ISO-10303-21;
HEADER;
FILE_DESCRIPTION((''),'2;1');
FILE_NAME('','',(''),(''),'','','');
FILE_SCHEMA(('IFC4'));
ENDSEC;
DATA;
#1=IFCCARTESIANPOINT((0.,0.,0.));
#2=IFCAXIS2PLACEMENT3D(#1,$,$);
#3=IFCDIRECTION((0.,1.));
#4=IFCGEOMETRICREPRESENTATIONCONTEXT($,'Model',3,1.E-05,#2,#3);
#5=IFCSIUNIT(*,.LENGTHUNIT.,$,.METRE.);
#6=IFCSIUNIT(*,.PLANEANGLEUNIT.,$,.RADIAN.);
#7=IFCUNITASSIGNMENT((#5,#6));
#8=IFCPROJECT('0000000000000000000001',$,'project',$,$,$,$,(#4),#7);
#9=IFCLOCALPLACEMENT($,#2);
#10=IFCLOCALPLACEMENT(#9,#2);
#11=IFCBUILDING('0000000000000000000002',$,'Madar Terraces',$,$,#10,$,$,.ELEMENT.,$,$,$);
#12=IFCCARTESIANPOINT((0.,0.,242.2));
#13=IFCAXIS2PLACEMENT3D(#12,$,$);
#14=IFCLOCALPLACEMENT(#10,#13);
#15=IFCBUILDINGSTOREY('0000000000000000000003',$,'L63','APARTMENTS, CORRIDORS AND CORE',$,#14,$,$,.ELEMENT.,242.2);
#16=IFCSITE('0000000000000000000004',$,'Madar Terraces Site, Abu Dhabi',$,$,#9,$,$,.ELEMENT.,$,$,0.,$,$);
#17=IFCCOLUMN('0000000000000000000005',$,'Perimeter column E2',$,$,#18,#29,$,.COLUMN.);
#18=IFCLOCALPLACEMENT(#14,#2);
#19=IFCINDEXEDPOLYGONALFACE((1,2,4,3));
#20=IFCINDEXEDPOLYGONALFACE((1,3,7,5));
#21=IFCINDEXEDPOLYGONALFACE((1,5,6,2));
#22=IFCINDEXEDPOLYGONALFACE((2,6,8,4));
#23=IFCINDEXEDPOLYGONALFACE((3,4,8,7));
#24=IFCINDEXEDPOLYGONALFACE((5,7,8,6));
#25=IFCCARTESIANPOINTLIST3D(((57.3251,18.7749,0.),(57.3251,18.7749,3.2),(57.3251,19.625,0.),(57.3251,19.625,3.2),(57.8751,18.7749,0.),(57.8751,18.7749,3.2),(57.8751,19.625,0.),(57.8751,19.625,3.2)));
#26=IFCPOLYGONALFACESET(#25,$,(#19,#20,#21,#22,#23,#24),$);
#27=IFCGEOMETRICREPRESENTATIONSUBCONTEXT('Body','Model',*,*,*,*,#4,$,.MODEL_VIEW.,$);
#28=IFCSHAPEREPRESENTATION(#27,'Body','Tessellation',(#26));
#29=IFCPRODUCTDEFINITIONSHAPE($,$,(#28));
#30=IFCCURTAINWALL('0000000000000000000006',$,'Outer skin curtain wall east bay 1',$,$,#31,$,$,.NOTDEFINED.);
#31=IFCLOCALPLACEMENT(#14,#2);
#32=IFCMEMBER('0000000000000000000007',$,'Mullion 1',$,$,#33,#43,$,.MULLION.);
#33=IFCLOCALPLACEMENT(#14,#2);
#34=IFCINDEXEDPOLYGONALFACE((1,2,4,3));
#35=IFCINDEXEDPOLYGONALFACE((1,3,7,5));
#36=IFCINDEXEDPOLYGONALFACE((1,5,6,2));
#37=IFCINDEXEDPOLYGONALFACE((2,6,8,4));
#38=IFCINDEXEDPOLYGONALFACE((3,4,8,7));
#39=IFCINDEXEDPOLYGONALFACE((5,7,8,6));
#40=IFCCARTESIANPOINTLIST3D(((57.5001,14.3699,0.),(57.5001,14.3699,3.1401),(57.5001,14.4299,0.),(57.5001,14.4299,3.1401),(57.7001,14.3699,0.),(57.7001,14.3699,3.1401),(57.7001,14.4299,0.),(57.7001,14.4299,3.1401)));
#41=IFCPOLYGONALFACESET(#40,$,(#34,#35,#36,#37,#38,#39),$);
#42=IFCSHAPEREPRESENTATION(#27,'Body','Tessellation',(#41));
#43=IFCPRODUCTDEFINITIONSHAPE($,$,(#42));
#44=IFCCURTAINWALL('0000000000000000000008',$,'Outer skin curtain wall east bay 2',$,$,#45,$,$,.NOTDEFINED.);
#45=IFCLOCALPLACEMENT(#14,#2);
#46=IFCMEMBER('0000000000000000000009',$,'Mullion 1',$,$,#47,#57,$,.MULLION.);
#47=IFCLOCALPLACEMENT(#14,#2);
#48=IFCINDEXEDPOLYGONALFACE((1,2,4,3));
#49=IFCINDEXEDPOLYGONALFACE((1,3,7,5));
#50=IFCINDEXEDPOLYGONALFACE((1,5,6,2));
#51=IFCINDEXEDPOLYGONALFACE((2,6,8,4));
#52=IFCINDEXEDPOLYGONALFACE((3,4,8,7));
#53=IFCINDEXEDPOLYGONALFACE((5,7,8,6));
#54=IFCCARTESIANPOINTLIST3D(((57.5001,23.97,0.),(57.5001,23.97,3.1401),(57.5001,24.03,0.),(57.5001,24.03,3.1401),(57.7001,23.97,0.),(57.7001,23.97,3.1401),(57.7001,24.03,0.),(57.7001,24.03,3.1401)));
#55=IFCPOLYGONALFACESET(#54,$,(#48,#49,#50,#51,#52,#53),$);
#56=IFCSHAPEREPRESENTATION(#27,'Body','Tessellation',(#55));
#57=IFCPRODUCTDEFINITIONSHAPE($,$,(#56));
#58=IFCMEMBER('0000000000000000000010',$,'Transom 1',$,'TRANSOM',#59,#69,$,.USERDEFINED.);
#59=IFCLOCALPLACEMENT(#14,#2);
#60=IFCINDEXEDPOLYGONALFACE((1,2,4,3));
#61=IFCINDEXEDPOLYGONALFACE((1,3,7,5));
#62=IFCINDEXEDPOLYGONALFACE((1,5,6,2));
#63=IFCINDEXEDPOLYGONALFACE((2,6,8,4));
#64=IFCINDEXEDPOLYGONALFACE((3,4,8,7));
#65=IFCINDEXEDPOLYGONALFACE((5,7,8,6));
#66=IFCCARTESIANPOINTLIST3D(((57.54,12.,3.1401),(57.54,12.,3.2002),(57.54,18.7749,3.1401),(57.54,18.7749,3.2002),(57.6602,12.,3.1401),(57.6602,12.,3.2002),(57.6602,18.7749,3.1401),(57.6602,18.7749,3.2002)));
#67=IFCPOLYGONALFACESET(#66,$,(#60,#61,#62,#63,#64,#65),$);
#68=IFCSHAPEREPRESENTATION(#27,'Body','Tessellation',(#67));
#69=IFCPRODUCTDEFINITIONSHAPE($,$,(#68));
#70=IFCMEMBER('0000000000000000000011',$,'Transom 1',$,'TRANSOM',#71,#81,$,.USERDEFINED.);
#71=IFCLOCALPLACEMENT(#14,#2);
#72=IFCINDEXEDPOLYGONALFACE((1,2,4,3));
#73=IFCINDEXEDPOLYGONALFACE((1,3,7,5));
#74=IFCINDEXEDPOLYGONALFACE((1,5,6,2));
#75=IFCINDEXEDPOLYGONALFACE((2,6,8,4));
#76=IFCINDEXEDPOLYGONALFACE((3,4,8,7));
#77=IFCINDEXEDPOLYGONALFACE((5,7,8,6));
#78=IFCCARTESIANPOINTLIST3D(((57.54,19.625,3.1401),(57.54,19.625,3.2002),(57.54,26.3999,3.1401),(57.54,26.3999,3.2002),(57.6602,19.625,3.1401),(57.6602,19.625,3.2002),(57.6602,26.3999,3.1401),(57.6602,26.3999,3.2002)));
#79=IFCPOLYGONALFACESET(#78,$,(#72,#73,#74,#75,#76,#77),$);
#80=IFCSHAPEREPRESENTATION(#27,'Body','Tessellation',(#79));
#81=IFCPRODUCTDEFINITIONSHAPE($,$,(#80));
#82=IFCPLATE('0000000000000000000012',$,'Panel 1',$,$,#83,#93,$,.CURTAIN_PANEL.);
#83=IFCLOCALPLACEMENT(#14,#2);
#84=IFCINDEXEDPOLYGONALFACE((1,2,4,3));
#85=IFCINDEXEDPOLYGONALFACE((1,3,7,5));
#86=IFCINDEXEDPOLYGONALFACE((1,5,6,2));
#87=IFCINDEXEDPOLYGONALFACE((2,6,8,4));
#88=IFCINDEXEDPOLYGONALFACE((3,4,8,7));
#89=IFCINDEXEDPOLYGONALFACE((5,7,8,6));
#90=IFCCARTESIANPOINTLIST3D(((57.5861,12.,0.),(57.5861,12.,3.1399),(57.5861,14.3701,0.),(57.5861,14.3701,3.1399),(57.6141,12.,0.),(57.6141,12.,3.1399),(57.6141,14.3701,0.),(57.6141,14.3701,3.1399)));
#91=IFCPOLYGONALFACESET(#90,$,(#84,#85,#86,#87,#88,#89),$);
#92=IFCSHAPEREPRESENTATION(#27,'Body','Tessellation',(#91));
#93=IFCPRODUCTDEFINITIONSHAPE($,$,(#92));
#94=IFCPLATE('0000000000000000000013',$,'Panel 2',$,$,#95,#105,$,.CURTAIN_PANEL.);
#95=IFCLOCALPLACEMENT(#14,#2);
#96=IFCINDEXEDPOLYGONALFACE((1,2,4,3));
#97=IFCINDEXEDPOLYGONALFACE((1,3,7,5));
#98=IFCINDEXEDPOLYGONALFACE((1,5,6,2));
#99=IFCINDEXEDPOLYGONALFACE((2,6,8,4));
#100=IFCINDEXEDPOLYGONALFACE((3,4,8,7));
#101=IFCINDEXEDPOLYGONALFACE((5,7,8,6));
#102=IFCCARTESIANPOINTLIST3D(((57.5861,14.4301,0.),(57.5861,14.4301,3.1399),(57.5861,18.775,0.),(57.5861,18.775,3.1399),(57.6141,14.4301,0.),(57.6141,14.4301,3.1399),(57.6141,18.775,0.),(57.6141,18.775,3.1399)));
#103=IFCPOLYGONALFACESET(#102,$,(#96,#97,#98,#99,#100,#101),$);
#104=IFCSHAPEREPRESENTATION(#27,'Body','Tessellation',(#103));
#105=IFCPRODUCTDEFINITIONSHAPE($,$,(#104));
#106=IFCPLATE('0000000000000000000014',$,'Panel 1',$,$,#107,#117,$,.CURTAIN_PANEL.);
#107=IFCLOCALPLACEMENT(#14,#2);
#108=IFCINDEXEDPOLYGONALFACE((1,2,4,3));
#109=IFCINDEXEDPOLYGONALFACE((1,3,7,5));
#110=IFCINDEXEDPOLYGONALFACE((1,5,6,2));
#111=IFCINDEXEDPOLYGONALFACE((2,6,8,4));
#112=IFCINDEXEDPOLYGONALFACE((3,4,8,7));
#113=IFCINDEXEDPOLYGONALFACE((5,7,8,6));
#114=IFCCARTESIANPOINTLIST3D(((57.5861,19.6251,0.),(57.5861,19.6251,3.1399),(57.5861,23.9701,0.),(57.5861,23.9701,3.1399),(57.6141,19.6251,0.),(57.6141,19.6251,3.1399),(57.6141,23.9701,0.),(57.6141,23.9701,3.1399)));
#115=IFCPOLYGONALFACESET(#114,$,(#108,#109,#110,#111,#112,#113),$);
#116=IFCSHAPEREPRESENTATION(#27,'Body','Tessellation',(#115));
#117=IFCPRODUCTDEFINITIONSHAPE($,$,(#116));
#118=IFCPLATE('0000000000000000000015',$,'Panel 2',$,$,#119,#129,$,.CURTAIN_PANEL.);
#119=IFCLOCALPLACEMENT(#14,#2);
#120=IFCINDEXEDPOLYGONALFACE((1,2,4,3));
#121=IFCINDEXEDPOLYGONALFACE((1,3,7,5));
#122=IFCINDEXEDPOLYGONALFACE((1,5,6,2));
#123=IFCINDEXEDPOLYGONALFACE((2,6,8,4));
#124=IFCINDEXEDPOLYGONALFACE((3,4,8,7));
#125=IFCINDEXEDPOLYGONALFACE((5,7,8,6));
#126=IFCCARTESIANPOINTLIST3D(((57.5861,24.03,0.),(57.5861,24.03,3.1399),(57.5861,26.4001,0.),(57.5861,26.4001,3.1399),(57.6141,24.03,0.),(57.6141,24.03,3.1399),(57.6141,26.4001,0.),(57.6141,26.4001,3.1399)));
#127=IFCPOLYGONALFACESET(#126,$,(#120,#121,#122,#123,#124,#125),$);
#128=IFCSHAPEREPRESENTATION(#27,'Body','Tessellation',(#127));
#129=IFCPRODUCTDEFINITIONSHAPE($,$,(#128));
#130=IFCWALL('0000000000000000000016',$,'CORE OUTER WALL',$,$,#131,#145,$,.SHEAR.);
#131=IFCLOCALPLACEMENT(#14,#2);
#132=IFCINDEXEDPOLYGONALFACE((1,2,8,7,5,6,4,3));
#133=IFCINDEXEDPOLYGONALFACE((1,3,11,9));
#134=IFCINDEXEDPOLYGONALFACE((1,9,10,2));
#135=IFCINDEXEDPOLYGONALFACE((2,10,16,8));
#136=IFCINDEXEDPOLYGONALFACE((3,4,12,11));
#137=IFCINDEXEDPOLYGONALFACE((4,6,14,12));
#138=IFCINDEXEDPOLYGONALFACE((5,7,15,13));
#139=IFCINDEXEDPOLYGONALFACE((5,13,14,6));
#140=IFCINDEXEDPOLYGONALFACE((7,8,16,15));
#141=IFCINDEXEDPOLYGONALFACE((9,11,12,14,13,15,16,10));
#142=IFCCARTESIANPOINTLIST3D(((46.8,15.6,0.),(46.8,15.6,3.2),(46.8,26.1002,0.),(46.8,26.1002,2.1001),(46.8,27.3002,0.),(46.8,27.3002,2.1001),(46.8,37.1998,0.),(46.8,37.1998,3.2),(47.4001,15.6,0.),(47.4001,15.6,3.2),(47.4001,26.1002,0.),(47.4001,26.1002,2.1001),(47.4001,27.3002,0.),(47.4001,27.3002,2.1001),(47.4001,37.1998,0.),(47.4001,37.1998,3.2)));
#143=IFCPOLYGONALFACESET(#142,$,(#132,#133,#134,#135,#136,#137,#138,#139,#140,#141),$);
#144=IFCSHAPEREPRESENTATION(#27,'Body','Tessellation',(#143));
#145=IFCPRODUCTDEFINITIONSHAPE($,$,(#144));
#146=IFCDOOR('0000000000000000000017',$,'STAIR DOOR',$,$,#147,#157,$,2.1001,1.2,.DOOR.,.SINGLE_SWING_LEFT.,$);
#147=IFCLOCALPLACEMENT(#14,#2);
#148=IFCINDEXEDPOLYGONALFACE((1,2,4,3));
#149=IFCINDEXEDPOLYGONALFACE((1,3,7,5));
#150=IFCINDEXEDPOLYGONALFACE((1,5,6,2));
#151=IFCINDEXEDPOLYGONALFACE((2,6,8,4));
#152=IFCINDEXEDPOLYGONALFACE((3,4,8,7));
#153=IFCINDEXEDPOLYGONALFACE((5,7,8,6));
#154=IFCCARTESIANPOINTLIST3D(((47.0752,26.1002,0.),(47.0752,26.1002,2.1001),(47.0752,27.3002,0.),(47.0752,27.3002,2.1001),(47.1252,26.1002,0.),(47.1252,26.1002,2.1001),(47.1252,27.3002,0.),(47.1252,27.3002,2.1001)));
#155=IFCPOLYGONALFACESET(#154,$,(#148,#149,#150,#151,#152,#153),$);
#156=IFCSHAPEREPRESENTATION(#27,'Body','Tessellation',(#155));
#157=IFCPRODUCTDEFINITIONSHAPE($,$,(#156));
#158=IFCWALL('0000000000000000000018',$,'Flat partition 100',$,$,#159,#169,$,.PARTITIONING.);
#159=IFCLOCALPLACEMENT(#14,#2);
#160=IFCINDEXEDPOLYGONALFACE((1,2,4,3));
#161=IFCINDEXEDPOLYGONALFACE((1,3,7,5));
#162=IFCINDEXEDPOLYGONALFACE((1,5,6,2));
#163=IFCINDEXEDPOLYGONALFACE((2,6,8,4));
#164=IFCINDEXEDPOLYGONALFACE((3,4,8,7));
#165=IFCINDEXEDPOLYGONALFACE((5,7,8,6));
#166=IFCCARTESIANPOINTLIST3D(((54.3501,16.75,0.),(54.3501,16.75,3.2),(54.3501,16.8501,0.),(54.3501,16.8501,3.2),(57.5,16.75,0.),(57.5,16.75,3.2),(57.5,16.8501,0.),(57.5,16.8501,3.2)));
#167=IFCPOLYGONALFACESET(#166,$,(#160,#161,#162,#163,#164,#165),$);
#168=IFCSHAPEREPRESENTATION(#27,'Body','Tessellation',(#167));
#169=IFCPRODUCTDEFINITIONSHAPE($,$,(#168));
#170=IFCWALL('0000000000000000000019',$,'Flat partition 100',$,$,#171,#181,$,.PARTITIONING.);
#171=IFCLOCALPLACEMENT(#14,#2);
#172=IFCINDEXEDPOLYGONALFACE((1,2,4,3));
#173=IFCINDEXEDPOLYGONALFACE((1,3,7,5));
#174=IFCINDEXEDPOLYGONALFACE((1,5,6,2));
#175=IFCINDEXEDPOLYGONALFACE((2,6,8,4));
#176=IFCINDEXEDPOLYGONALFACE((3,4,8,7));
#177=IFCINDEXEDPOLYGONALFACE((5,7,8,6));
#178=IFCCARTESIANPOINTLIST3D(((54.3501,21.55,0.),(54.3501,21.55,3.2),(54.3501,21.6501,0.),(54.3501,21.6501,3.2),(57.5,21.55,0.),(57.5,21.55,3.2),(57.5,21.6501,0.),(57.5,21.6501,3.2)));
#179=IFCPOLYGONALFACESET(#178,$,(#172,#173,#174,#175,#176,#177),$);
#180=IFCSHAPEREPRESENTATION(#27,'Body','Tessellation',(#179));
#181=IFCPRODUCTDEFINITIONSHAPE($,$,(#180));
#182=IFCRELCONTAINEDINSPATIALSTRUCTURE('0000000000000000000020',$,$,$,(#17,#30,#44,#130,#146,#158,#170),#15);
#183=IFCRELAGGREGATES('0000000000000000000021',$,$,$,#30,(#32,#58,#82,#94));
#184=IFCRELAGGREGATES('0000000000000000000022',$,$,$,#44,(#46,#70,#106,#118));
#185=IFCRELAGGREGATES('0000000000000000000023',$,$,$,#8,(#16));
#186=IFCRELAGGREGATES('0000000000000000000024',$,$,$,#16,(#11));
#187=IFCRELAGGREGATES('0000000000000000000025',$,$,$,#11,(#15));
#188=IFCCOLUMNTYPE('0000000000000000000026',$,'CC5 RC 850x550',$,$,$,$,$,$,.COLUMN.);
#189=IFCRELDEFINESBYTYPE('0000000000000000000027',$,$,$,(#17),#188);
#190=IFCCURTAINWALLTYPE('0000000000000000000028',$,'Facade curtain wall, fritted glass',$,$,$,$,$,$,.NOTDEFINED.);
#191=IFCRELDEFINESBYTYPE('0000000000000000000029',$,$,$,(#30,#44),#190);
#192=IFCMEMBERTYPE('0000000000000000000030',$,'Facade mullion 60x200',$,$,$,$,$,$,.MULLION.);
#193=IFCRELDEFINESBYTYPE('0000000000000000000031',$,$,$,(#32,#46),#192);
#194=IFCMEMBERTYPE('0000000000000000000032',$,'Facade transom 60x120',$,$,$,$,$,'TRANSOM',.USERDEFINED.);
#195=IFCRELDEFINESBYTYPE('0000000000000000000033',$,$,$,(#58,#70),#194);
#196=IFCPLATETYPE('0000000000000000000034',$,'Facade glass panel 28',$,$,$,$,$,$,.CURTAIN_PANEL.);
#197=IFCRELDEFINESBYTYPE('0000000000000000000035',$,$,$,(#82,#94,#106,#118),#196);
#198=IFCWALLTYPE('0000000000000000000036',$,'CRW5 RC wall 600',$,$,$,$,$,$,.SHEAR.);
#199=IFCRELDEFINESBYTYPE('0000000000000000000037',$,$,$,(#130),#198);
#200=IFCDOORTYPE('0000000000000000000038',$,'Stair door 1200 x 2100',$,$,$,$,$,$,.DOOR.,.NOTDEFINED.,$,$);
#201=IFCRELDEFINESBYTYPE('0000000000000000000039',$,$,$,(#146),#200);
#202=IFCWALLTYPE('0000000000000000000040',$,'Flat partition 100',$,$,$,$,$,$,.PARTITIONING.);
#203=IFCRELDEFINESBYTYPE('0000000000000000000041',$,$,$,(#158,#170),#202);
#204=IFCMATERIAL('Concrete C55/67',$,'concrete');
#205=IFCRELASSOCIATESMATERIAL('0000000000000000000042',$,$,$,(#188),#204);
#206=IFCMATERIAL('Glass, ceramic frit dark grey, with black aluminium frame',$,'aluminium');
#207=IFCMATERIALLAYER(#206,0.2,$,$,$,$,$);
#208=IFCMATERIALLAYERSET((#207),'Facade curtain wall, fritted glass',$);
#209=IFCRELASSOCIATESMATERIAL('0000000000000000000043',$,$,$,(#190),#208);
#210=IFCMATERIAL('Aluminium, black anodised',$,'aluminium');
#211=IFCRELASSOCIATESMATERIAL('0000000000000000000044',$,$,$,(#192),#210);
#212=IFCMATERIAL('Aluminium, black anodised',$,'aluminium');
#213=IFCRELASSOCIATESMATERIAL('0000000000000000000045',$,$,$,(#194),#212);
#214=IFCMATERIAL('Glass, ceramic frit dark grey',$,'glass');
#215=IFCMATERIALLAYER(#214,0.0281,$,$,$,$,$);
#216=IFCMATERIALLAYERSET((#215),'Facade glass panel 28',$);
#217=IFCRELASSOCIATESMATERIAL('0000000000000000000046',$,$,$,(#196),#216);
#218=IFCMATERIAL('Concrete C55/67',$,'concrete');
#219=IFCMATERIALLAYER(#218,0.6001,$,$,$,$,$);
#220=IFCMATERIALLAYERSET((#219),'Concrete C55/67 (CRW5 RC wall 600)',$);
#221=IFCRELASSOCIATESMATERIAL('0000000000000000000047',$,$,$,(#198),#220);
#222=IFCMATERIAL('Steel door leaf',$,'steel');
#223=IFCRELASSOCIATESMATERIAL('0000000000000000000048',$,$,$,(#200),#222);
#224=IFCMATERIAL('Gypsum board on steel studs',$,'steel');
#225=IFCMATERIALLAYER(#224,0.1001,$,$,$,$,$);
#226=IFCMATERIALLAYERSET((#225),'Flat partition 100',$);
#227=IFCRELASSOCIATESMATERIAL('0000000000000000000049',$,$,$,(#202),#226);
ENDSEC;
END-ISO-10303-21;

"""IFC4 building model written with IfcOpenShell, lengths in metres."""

from ifc_helpers import new_model, si_unit, direction, frame, frame_2d, origin, origin_2d, place, context, subcontext, project, spatial, rectangle, extrude, material, layer, layer_set, material_profile, profile_set, type_object, element, fill, aggregate, save


model = new_model("IFC4")

# Units and contexts
model_context = context("Model", 3, precision=1e-05, world=origin(), true_north=direction((0.0, 1.0)))
body_context = subcontext(model_context, "Body", "Model", "MODEL_VIEW")
ifc_project = project(units=[si_unit("LENGTHUNIT", "METRE"), si_unit("PLANEANGLEUNIT", "RADIAN")], contexts=[model_context])

# Site, building, storey
site_placement = place(None, origin())
site = spatial("IfcSite", under=ifc_project, at=site_placement, Name="Madar Terraces Site, Abu Dhabi", CompositionType="ELEMENT", RefElevation=0.0)
building_placement = place(site_placement, origin())
building = spatial("IfcBuilding", under=site, at=building_placement, Name="Madar Terraces", CompositionType="ELEMENT")
storey_placement = place(building_placement, frame((0.0, 0.0, 242.2)))
storey = spatial("IfcBuildingStorey", under=building, at=storey_placement, Name="L63", Description="APARTMENTS, CORRIDORS AND CORE", CompositionType="ELEMENT", Elevation=242.2)

# Column
ifc_material_1 = material(Name="Concrete C55/67", Category="concrete")
ifc_material_profile_1 = material_profile(ifc_material_1, rectangle(XDim=0.8501, YDim=0.55, at=origin_2d()), Name="CC5 RC 850x550")
ifc_profile_set_1 = profile_set([ifc_material_profile_1], Name="Concrete C55/67")
column_type = type_object("IfcColumnType", Name="CC5 RC 850x550", PredefinedType="COLUMN", material=ifc_profile_set_1)
column_placement = place(storey_placement, frame((57.6001, 19.2, 0.0), z_axis=(0.0, 0.0, 1.0), x_axis=(0.0, 1.0, 0.0)))
element("IfcColumn", 1, at=column_placement, inside=storey, type_object=column_type, Name="Perimeter column E2", PredefinedType="COLUMN", context=body_context, shape_type="SweptSolid", body=[
    extrude(rectangle(XDim=0.8501, YDim=0.55, at=origin_2d()), origin(), (0.0, 0.0, 1.0), 3.2),
])

# Curtain walls, members
ifc_material_2 = material(Name="Glass, ceramic frit dark grey, with black aluminium frame", Category="aluminium")
ifc_layer_1 = layer(ifc_material_2, 0.2)
ifc_layer_set_1 = layer_set([ifc_layer_1], Name="Facade curtain wall, fritted glass")
curtain_wall_type = type_object("IfcCurtainWallType", Name="Facade curtain wall, fritted glass", PredefinedType="NOTDEFINED", material=ifc_layer_set_1)
curtain_wall_1_placement = place(storey_placement, origin())
curtain_wall_1 = element("IfcCurtainWall", 2, at=curtain_wall_1_placement, inside=storey, type_object=curtain_wall_type, Name="Outer skin curtain wall east bay 1", PredefinedType="NOTDEFINED")
ifc_material_3 = material(Name="Aluminium, black anodised", Category="aluminium")
ifc_material_profile_2 = material_profile(ifc_material_3, rectangle(XDim=0.2, YDim=0.0601, at=origin_2d()), Name="Facade mullion 60x200")
ifc_profile_set_2 = profile_set([ifc_material_profile_2], Name="Aluminium, black anodised")
member_type_1 = type_object("IfcMemberType", Name="Facade mullion 60x200", PredefinedType="MULLION", material=ifc_profile_set_2)
member_1_placement = place(storey_placement, frame((57.6001, 14.3999, 0.0), z_axis=(0.0, 0.0, 1.0), x_axis=(-1.0, 0.0, 0.0)))
member_1 = element("IfcMember", 3, at=member_1_placement, type_object=member_type_1, Name="Mullion 1", PredefinedType="MULLION", context=body_context, shape_type="SweptSolid", body=[
    extrude(rectangle(XDim=0.2, YDim=0.0601, at=origin_2d()), origin(), (0.0, 0.0, 1.0), 3.1401),
])
curtain_wall_2_placement = place(storey_placement, origin())
curtain_wall_2 = element("IfcCurtainWall", 4, at=curtain_wall_2_placement, inside=storey, type_object=curtain_wall_type, Name="Outer skin curtain wall east bay 2", PredefinedType="NOTDEFINED")
member_2_placement = place(storey_placement, frame((57.6001, 24.0, 0.0), z_axis=(0.0, 0.0, 1.0), x_axis=(-1.0, 0.0, 0.0)))
member_2 = element("IfcMember", 5, at=member_2_placement, type_object=member_type_1, Name="Mullion 1", PredefinedType="MULLION", context=body_context, shape_type="SweptSolid", body=[
    extrude(rectangle(XDim=0.2, YDim=0.0601, at=origin_2d()), origin(), (0.0, 0.0, 1.0), 3.1401),
])

# Members
ifc_material_4 = material(Name="Aluminium, black anodised", Category="aluminium")
ifc_material_profile_3 = material_profile(ifc_material_4, rectangle(XDim=0.1201, YDim=0.0601, at=origin_2d()), Name="Facade transom 60x120")
ifc_profile_set_3 = profile_set([ifc_material_profile_3], Name="Aluminium, black anodised")
member_type_2 = type_object("IfcMemberType", Name="Facade transom 60x120", ElementType="TRANSOM", PredefinedType="USERDEFINED", material=ifc_profile_set_3)
member_3_placement = place(storey_placement, frame((57.6001, 12.0, 3.1702), z_axis=(0.0, 1.0, 0.0), x_axis=(-1.0, 0.0, 0.0)))
member_3 = element("IfcMember", 6, at=member_3_placement, type_object=member_type_2, Name="Transom 1", ObjectType="TRANSOM", PredefinedType="USERDEFINED", context=body_context, shape_type="SweptSolid", body=[
    extrude(rectangle(XDim=0.1201, YDim=0.0601, at=origin_2d()), origin(), (0.0, 0.0, 1.0), 6.7749),
])
member_4_placement = place(storey_placement, frame((57.6001, 19.625, 3.1702), z_axis=(0.0, 1.0, 0.0), x_axis=(-1.0, 0.0, 0.0)))
member_4 = element("IfcMember", 7, at=member_4_placement, type_object=member_type_2, Name="Transom 1", ObjectType="TRANSOM", PredefinedType="USERDEFINED", context=body_context, shape_type="SweptSolid", body=[
    extrude(rectangle(XDim=0.1201, YDim=0.0601, at=origin_2d()), origin(), (0.0, 0.0, 1.0), 6.7749),
])

# Plates
ifc_material_5 = material(Name="Glass, ceramic frit dark grey", Category="glass")
ifc_layer_2 = layer(ifc_material_5, 0.0281)
ifc_layer_set_2 = layer_set([ifc_layer_2], Name="Facade glass panel 28")
plate_type = type_object("IfcPlateType", Name="Facade glass panel 28", PredefinedType="CURTAIN_PANEL", material=ifc_layer_set_2)
plate_1_placement = place(storey_placement, frame((57.6001, 13.1851, 0.0), z_axis=(0.0, 0.0, 1.0), x_axis=(0.0, 1.0, 0.0)))
plate_1 = element("IfcPlate", 8, at=plate_1_placement, type_object=plate_type, Name="Panel 1", PredefinedType="CURTAIN_PANEL", context=body_context, shape_type="SweptSolid", body=[
    extrude(rectangle(XDim=2.3701, YDim=0.0281, at=origin_2d()), origin(), (0.0, 0.0, 1.0), 3.1399),
])
plate_2_placement = place(storey_placement, frame((57.6001, 16.6025, 0.0), z_axis=(0.0, 0.0, 1.0), x_axis=(0.0, 1.0, 0.0)))
plate_2 = element("IfcPlate", 9, at=plate_2_placement, type_object=plate_type, Name="Panel 2", PredefinedType="CURTAIN_PANEL", context=body_context, shape_type="SweptSolid", body=[
    extrude(rectangle(XDim=4.345, YDim=0.0281, at=origin_2d()), origin(), (0.0, 0.0, 1.0), 3.1399),
])
aggregate(curtain_wall_1, [member_1, member_3, plate_1, plate_2])
plate_3_placement = place(storey_placement, frame((57.6001, 21.7976, 0.0), z_axis=(0.0, 0.0, 1.0), x_axis=(0.0, 1.0, 0.0)))
plate_3 = element("IfcPlate", 10, at=plate_3_placement, type_object=plate_type, Name="Panel 1", PredefinedType="CURTAIN_PANEL", context=body_context, shape_type="SweptSolid", body=[
    extrude(rectangle(XDim=4.345, YDim=0.0281, at=origin_2d()), origin(), (0.0, 0.0, 1.0), 3.1399),
])
plate_4_placement = place(storey_placement, frame((57.6001, 25.2151, 0.0), z_axis=(0.0, 0.0, 1.0), x_axis=(0.0, 1.0, 0.0)))
plate_4 = element("IfcPlate", 11, at=plate_4_placement, type_object=plate_type, Name="Panel 2", PredefinedType="CURTAIN_PANEL", context=body_context, shape_type="SweptSolid", body=[
    extrude(rectangle(XDim=2.3701, YDim=0.0281, at=origin_2d()), origin(), (0.0, 0.0, 1.0), 3.1399),
])
aggregate(curtain_wall_2, [member_2, member_4, plate_3, plate_4])

# Wall, opening, door
ifc_material_6 = material(Name="Concrete C55/67", Category="concrete")
ifc_layer_3 = layer(ifc_material_6, 0.6001)
ifc_layer_set_3 = layer_set([ifc_layer_3], Name="Concrete C55/67 (CRW5 RC wall 600)")
wall_type_1 = type_object("IfcWallType", Name="CRW5 RC wall 600", PredefinedType="SHEAR", material=ifc_layer_set_3)
wall_1_placement = place(storey_placement, frame((47.1001, 15.6001, 0.0), z_axis=(0.0, 0.0, 1.0), x_axis=(0.0, 1.0, 0.0)))
wall_1 = element("IfcWall", 12, at=wall_1_placement, inside=storey, type_object=wall_type_1, Name="CORE OUTER WALL", PredefinedType="SHEAR", context=body_context, shape_type="SweptSolid", body=[
    extrude(rectangle(XDim=21.5999, YDim=0.6001, at=frame_2d((10.7998, 0.0))), origin(), (0.0, 0.0, 1.0), 3.2),
])
opening_1_placement = place(wall_1_placement, frame((10.5, 0.0, 0.0)))
opening_1 = element("IfcOpeningElement", 13, at=opening_1_placement, cuts=wall_1, PredefinedType="OPENING", context=body_context, shape_type="SweptSolid", body=[
    extrude(rectangle(XDim=1.2, YDim=2.1001, at=frame_2d((0.6001, 1.05))), frame((0.0, 0.3101, 0.0), z_axis=(0.0, -1.0, 0.0), x_axis=(1.0, 0.0, 0.0)), (0.0, 0.0, 1.0), 0.6201),
])
ifc_material_7 = material(Name="Steel door leaf", Category="steel")
door_type_1 = type_object("IfcDoorType", Name="Stair door 1200 x 2100", OperationType="NOTDEFINED", PredefinedType="DOOR", material=ifc_material_7)
door_1_placement = place(opening_1_placement, origin())
door_1 = element("IfcDoor", 14, at=door_1_placement, inside=storey, type_object=door_type_1, Name="STAIR DOOR", OperationType="SINGLE_SWING_LEFT", OverallHeight=2.1001, OverallWidth=1.2, PredefinedType="DOOR", context=body_context, shape_type="SweptSolid", body=[
    extrude(rectangle(XDim=1.2, YDim=2.1001, at=frame_2d((0.6001, 1.05))), frame((0.0, 0.0249, 0.0), z_axis=(0.0, -1.0, 0.0), x_axis=(1.0, 0.0, 0.0)), (0.0, 0.0, 1.0), 0.05),
])
fill(opening_1, door_1)

# Walls
ifc_material_8 = material(Name="Gypsum board on steel studs", Category="steel")
ifc_layer_4 = layer(ifc_material_8, 0.1001)
ifc_layer_set_4 = layer_set([ifc_layer_4], Name="Flat partition 100")
wall_type_2 = type_object("IfcWallType", Name="Flat partition 100", PredefinedType="PARTITIONING", material=ifc_layer_set_4)
for number, where, z_axis, x_axis, name in (
    (15, (54.3501, 16.8, 0.0), (0.0, 0.0, 1.0), (1.0, 0.0, 0.0), "Flat partition 100"),
    (16, (54.3501, 21.6001, 0.0), (0.0, 0.0, 1.0), (1.0, 0.0, 0.0), "Flat partition 100"),
):
    element("IfcWall", number, at=place(storey_placement, frame(where, z_axis=z_axis, x_axis=x_axis)), inside=storey, type_object=wall_type_2, Name=name, PredefinedType="PARTITIONING", context=body_context, shape_type="SweptSolid", body=[
        extrude(rectangle(XDim=3.1499, YDim=0.1001, at=frame_2d((1.575, 0.0))), origin(), (0.0, 0.0, 1.0), 3.2),
    ])

save(model, "model.ifc")
